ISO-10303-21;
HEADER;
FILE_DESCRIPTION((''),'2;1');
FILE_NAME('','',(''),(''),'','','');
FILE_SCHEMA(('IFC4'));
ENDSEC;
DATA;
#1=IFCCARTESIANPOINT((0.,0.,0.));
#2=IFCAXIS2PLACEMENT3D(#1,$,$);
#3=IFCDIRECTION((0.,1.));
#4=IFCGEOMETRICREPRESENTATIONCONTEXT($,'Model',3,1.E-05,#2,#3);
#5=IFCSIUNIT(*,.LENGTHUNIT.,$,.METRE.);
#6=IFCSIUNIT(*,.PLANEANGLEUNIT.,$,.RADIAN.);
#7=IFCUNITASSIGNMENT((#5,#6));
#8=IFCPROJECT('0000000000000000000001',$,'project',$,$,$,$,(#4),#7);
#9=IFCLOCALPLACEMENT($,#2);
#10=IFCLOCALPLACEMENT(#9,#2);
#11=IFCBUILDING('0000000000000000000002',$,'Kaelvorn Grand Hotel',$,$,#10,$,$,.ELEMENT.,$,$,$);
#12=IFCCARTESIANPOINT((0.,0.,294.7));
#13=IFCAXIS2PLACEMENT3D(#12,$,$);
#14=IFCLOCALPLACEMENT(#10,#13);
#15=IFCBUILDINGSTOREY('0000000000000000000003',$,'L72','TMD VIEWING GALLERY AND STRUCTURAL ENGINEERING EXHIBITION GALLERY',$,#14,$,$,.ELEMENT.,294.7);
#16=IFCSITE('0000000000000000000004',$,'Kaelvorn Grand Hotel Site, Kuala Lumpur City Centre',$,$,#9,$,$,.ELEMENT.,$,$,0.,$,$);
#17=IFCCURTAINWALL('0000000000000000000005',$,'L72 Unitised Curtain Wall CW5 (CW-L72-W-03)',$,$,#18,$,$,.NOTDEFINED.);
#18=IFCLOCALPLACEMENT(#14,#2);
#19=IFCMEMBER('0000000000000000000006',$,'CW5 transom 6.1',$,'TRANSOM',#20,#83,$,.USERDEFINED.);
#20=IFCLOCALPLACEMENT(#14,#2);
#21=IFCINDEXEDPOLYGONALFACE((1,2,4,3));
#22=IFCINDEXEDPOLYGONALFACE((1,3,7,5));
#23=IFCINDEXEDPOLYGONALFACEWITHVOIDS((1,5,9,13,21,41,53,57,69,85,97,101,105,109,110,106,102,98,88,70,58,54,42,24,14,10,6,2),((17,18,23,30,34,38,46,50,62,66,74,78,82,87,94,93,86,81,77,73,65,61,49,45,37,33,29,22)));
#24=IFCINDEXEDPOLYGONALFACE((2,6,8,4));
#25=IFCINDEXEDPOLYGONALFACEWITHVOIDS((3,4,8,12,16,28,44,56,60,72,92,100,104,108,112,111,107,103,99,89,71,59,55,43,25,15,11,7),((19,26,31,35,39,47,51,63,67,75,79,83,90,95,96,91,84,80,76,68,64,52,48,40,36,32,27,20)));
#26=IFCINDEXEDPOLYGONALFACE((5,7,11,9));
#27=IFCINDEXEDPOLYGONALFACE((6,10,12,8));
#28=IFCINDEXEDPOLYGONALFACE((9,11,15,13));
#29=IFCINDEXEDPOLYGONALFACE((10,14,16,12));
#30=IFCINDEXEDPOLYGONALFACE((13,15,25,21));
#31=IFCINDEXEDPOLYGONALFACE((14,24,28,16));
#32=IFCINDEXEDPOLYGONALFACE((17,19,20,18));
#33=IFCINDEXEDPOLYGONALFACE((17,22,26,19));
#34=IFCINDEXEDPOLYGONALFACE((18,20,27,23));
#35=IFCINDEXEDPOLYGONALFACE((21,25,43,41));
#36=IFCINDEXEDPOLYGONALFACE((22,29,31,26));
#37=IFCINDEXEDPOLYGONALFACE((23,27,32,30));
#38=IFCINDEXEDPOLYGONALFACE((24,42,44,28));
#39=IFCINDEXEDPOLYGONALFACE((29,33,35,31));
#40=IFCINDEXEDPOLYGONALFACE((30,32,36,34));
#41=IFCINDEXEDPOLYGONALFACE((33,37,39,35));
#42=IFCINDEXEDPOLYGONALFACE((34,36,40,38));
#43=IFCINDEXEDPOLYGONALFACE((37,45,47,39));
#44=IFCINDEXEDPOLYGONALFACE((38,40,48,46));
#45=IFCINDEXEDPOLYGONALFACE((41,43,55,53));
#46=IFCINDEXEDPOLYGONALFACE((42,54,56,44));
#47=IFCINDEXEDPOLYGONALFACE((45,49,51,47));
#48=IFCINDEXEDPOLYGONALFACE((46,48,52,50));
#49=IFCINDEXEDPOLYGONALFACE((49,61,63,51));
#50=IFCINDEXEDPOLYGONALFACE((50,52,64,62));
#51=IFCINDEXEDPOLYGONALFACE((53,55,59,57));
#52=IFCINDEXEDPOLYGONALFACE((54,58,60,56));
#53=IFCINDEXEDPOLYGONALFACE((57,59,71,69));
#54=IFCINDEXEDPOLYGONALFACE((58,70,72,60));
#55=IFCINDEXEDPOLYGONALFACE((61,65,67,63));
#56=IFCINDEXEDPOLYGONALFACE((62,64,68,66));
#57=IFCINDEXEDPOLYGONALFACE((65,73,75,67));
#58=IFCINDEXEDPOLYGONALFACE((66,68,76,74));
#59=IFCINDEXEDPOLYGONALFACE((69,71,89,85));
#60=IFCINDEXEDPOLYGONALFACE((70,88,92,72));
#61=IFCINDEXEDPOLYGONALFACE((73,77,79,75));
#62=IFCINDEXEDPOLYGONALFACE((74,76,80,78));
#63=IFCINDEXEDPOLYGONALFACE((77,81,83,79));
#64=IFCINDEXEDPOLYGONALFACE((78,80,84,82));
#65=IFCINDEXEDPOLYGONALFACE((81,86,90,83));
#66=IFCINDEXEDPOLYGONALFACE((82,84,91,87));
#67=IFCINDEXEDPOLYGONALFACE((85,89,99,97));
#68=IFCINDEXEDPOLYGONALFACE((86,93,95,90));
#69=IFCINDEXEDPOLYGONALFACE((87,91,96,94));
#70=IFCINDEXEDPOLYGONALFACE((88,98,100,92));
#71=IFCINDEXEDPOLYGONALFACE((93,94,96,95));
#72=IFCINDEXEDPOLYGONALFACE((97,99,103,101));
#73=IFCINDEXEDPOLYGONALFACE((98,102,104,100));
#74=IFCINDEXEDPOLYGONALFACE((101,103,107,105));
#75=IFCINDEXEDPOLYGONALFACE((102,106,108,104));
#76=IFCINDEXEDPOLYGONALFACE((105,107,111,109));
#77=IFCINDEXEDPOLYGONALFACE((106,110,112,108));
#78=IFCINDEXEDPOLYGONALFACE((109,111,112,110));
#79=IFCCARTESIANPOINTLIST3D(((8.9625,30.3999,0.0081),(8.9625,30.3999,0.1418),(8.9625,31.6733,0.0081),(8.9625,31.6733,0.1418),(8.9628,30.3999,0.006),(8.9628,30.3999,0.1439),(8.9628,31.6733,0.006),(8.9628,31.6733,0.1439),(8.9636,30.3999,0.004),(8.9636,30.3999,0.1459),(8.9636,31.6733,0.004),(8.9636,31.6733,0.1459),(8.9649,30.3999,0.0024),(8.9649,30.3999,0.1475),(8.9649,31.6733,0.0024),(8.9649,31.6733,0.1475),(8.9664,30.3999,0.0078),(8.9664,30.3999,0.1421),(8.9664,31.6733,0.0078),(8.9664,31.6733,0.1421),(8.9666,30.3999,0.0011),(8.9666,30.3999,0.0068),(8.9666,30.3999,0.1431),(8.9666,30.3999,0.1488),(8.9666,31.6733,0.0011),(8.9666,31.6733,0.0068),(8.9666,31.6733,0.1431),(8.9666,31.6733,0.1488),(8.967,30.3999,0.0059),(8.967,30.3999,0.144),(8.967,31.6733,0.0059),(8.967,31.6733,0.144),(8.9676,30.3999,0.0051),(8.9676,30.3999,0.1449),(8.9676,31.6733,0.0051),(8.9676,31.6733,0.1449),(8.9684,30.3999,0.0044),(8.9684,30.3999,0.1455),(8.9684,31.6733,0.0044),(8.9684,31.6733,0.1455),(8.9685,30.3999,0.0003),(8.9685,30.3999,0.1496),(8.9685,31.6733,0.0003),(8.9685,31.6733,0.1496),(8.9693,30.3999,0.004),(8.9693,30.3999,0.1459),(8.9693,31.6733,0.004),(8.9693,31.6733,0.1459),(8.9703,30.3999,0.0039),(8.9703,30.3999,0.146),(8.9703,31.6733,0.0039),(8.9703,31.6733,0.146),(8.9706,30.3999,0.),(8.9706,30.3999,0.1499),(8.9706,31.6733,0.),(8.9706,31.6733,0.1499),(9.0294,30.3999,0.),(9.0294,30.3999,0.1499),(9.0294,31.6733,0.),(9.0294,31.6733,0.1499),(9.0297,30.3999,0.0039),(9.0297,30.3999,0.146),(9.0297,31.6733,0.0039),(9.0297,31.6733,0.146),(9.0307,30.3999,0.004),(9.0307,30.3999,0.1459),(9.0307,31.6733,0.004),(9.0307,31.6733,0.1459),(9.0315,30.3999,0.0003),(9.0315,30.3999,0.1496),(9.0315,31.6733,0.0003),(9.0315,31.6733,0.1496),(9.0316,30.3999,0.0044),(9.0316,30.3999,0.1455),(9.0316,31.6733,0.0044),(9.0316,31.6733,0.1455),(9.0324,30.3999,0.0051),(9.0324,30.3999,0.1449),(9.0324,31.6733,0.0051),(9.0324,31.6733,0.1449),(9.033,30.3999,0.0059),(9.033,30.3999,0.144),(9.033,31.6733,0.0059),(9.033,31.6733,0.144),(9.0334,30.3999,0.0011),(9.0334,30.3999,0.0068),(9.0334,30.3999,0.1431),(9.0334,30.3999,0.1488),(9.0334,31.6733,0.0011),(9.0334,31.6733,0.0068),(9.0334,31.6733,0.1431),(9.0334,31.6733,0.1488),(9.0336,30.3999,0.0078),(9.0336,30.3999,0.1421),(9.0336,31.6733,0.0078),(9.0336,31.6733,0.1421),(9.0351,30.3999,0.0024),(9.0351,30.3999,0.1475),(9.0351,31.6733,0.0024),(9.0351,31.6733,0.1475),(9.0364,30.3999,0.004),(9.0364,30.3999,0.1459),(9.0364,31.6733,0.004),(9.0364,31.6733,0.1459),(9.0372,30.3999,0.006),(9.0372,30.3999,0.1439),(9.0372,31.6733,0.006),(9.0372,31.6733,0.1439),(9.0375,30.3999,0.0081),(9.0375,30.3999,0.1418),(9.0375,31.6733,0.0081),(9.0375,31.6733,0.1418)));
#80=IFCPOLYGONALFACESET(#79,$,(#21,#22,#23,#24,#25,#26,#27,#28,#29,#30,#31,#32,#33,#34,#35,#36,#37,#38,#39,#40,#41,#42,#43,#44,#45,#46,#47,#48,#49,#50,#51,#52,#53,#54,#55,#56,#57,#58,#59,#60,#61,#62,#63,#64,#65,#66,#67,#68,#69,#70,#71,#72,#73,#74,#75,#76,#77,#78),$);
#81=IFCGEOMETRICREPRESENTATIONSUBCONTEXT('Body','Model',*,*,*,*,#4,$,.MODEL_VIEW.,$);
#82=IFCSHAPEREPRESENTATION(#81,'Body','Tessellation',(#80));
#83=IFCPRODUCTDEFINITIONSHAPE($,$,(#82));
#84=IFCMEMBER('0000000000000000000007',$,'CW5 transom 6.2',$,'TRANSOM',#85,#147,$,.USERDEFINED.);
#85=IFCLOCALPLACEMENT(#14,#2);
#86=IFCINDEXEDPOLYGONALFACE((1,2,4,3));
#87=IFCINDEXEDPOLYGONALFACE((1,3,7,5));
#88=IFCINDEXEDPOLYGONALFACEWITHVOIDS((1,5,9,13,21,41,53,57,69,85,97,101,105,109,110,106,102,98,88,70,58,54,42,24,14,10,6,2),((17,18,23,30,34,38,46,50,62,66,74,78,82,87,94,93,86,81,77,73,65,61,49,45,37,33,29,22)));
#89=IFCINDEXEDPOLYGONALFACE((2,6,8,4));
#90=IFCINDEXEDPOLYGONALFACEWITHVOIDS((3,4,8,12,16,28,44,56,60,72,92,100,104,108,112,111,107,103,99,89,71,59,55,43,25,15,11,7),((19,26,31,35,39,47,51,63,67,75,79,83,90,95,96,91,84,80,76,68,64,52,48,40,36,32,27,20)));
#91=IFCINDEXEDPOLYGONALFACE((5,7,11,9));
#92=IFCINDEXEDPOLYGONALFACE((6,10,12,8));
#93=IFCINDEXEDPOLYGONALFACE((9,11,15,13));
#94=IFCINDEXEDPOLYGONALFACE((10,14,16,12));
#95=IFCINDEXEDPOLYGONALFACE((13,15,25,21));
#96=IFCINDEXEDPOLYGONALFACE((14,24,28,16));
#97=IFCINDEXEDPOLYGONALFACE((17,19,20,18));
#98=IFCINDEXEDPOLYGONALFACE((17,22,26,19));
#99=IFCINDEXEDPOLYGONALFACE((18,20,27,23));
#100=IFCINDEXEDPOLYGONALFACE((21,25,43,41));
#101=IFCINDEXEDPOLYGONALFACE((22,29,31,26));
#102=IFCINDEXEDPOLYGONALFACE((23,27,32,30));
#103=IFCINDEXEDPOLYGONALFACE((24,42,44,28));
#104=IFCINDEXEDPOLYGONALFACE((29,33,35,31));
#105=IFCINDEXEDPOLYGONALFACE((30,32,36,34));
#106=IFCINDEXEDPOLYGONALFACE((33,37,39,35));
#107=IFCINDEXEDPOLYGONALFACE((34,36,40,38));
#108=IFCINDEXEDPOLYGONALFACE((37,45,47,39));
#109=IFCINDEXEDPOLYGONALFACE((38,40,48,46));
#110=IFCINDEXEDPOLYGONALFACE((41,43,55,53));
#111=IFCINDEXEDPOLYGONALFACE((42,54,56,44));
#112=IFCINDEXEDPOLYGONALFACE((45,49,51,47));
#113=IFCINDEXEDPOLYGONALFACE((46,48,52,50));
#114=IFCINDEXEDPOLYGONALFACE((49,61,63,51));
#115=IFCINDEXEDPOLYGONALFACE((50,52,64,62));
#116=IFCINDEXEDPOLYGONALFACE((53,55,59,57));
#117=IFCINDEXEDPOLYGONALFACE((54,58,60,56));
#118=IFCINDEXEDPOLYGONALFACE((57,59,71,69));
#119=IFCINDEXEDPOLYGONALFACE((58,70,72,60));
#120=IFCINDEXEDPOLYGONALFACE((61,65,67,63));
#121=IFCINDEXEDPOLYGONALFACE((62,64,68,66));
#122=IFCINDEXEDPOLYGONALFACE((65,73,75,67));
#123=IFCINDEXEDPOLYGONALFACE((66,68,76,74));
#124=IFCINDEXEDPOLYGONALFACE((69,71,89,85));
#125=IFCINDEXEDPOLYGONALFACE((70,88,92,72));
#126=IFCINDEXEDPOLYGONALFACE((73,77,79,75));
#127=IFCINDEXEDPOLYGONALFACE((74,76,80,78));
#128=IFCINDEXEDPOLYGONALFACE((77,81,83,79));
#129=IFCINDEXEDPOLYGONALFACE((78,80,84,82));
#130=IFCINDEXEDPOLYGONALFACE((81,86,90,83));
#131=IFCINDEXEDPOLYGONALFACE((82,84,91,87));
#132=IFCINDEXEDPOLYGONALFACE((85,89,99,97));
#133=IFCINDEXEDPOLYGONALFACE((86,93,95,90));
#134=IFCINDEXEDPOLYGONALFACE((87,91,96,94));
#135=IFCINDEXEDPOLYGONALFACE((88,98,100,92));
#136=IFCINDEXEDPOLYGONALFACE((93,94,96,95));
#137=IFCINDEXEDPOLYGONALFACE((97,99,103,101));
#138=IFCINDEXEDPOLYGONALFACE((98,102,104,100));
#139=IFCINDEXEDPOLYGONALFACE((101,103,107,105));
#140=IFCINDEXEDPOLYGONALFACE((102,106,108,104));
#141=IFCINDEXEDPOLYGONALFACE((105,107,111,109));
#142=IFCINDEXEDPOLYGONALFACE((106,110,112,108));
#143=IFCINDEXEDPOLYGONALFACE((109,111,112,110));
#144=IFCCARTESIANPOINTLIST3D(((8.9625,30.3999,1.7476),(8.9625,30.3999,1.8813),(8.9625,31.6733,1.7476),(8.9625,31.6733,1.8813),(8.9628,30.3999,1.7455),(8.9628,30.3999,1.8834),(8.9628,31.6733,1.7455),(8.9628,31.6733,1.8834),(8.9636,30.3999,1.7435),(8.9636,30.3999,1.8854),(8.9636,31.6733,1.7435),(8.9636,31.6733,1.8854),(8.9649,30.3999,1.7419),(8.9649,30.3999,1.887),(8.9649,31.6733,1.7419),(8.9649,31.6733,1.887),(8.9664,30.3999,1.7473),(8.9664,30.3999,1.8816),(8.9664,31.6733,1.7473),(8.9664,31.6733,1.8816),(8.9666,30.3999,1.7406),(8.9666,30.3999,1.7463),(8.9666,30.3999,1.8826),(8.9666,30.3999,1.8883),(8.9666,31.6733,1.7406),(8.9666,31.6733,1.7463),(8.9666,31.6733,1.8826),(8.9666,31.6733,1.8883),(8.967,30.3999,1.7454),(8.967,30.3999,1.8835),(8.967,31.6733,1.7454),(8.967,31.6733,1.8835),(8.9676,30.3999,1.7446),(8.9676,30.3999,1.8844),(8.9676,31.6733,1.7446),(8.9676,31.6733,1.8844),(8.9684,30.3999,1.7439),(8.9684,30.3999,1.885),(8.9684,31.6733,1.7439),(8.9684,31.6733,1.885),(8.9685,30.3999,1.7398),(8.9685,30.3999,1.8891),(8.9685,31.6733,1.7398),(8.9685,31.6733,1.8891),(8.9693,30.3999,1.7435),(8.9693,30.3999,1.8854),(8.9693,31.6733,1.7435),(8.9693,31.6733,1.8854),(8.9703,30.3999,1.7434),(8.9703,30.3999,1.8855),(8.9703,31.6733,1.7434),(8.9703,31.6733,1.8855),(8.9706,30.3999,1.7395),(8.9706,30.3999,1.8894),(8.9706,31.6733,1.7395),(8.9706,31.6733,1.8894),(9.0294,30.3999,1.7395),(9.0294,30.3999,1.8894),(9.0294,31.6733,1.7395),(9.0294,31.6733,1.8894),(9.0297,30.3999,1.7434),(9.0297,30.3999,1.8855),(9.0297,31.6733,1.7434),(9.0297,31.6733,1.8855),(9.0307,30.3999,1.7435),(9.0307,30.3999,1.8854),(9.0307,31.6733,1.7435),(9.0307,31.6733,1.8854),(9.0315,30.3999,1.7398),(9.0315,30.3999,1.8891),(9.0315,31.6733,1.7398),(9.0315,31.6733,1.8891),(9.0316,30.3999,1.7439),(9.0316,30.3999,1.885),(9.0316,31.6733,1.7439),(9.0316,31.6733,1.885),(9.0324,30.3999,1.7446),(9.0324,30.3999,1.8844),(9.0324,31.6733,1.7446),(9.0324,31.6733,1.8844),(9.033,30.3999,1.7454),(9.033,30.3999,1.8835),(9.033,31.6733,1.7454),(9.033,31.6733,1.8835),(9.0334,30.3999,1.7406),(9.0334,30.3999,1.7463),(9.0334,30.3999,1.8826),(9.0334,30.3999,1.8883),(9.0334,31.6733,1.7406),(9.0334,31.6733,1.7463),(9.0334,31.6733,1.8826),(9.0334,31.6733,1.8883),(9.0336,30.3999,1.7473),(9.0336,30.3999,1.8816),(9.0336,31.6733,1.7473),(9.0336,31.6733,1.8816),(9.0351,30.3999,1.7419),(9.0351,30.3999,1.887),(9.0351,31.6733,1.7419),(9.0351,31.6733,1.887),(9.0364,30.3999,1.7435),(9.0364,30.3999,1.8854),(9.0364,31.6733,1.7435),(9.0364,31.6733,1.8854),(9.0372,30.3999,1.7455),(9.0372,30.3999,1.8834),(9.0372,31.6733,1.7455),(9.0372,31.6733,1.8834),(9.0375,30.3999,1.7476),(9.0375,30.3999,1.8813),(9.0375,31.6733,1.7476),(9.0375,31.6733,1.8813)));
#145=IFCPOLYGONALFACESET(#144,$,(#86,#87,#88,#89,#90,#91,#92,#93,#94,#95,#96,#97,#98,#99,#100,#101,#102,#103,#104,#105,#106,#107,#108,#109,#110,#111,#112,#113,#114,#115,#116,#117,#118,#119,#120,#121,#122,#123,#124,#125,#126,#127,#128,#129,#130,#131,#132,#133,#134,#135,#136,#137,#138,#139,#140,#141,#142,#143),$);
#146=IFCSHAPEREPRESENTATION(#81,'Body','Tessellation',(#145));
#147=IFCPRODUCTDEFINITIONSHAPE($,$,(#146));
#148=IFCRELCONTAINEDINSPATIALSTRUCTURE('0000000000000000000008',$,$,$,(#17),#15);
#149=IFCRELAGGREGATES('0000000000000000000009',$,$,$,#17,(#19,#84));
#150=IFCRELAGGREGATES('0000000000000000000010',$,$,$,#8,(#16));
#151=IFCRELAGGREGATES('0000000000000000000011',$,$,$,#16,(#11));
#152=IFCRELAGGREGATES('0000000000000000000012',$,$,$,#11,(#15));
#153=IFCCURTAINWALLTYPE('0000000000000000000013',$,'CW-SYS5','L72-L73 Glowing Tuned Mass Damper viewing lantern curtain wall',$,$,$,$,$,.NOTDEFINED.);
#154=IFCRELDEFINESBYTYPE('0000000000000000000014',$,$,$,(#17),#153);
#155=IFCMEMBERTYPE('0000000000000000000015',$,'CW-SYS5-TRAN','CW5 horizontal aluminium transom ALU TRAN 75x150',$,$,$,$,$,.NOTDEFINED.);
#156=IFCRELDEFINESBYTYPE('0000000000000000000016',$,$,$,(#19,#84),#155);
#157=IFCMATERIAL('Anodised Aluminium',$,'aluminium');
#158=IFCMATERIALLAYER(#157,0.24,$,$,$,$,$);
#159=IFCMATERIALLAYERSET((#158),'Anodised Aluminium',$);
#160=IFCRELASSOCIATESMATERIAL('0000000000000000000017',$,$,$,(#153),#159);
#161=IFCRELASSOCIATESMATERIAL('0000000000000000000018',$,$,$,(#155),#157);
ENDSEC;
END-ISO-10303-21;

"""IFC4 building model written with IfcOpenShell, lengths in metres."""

from ifc_helpers import new_model, si_unit, direction, frame, origin, origin_2d, place, context, subcontext, project, spatial, hollow_rectangle, extrude, material, layer, layer_set, material_profile, profile_set, type_object, element, aggregate, save


model = new_model("IFC4")

# Units and contexts
model_context = context("Model", 3, precision=1e-05, world=origin(), true_north=direction((0.0, 1.0)))
body_context = subcontext(model_context, "Body", "Model", "MODEL_VIEW")
ifc_project = project(units=[si_unit("LENGTHUNIT", "METRE"), si_unit("PLANEANGLEUNIT", "RADIAN")], contexts=[model_context])

# Site, building, storey
site_placement = place(None, origin())
site = spatial("IfcSite", under=ifc_project, at=site_placement, Name="Kaelvorn Grand Hotel Site, Kuala Lumpur City Centre", CompositionType="ELEMENT", RefElevation=0.0)
building_placement = place(site_placement, origin())
building = spatial("IfcBuilding", under=site, at=building_placement, Name="Kaelvorn Grand Hotel", CompositionType="ELEMENT")
storey_placement = place(building_placement, frame((0.0, 0.0, 294.7)))
storey = spatial("IfcBuildingStorey", under=building, at=storey_placement, Name="L72", Description="TMD VIEWING GALLERY AND STRUCTURAL ENGINEERING EXHIBITION GALLERY", CompositionType="ELEMENT", Elevation=294.7)

# Curtain wall, members
ifc_material_1 = material(Name="Anodised Aluminium", Category="aluminium")
ifc_layer_1 = layer(ifc_material_1, 0.24)
ifc_layer_set_1 = layer_set([ifc_layer_1], Name="Anodised Aluminium")
curtain_wall_type = type_object("IfcCurtainWallType", Name="CW-SYS5", Description="L72-L73 Glowing Tuned Mass Damper viewing lantern curtain wall", PredefinedType="NOTDEFINED", material=ifc_layer_set_1)
curtain_wall_placement = place(storey_placement, origin())
curtain_wall = element("IfcCurtainWall", 1, at=curtain_wall_placement, inside=storey, type_object=curtain_wall_type, Name="L72 Unitised Curtain Wall CW5 (CW-L72-W-03)", PredefinedType="NOTDEFINED")
ifc_material_profile_1 = material_profile(ifc_material_1, hollow_rectangle(XDim=0.075, YDim=0.1499, WallThickness=0.0039, InnerFilletRadius=0.0039, OuterFilletRadius=0.0081, at=origin_2d()), Name="ALU TRAN 75x150")
ifc_profile_set_1 = profile_set([ifc_material_profile_1], Name="Anodised Aluminium")
member_type_1 = type_object("IfcMemberType", Name="CW-SYS5-TRAN", Description="CW5 horizontal aluminium transom ALU TRAN 75x150", PredefinedType="NOTDEFINED", material=ifc_profile_set_1)
member_1_placement = place(storey_placement, frame((9.0, 31.6733, 0.075), z_axis=(0.0, -1.0, 0.0), x_axis=(1.0, 0.0, 0.0)))
member_1 = element("IfcMember", 2, at=member_1_placement, type_object=member_type_1, Name="CW5 transom 6.1", ObjectType="TRANSOM", PredefinedType="USERDEFINED", context=body_context, shape_type="SweptSolid", body=[
    extrude(hollow_rectangle(XDim=0.075, YDim=0.1499, WallThickness=0.0039, InnerFilletRadius=0.0039, OuterFilletRadius=0.0081, at=origin_2d()), origin(), (0.0, 0.0, 1.0), 1.2734),
])
member_2_placement = place(storey_placement, frame((9.0, 31.6733, 1.8145), z_axis=(0.0, -1.0, 0.0), x_axis=(1.0, 0.0, 0.0)))
member_2 = element("IfcMember", 3, at=member_2_placement, type_object=member_type_1, Name="CW5 transom 6.2", ObjectType="TRANSOM", PredefinedType="USERDEFINED", context=body_context, shape_type="SweptSolid", body=[
    extrude(hollow_rectangle(XDim=0.075, YDim=0.1499, WallThickness=0.0039, InnerFilletRadius=0.0039, OuterFilletRadius=0.0081, at=origin_2d()), origin(), (0.0, 0.0, 1.0), 1.2734),
])
aggregate(curtain_wall, [member_1, member_2])

save(model, "model.ifc")
